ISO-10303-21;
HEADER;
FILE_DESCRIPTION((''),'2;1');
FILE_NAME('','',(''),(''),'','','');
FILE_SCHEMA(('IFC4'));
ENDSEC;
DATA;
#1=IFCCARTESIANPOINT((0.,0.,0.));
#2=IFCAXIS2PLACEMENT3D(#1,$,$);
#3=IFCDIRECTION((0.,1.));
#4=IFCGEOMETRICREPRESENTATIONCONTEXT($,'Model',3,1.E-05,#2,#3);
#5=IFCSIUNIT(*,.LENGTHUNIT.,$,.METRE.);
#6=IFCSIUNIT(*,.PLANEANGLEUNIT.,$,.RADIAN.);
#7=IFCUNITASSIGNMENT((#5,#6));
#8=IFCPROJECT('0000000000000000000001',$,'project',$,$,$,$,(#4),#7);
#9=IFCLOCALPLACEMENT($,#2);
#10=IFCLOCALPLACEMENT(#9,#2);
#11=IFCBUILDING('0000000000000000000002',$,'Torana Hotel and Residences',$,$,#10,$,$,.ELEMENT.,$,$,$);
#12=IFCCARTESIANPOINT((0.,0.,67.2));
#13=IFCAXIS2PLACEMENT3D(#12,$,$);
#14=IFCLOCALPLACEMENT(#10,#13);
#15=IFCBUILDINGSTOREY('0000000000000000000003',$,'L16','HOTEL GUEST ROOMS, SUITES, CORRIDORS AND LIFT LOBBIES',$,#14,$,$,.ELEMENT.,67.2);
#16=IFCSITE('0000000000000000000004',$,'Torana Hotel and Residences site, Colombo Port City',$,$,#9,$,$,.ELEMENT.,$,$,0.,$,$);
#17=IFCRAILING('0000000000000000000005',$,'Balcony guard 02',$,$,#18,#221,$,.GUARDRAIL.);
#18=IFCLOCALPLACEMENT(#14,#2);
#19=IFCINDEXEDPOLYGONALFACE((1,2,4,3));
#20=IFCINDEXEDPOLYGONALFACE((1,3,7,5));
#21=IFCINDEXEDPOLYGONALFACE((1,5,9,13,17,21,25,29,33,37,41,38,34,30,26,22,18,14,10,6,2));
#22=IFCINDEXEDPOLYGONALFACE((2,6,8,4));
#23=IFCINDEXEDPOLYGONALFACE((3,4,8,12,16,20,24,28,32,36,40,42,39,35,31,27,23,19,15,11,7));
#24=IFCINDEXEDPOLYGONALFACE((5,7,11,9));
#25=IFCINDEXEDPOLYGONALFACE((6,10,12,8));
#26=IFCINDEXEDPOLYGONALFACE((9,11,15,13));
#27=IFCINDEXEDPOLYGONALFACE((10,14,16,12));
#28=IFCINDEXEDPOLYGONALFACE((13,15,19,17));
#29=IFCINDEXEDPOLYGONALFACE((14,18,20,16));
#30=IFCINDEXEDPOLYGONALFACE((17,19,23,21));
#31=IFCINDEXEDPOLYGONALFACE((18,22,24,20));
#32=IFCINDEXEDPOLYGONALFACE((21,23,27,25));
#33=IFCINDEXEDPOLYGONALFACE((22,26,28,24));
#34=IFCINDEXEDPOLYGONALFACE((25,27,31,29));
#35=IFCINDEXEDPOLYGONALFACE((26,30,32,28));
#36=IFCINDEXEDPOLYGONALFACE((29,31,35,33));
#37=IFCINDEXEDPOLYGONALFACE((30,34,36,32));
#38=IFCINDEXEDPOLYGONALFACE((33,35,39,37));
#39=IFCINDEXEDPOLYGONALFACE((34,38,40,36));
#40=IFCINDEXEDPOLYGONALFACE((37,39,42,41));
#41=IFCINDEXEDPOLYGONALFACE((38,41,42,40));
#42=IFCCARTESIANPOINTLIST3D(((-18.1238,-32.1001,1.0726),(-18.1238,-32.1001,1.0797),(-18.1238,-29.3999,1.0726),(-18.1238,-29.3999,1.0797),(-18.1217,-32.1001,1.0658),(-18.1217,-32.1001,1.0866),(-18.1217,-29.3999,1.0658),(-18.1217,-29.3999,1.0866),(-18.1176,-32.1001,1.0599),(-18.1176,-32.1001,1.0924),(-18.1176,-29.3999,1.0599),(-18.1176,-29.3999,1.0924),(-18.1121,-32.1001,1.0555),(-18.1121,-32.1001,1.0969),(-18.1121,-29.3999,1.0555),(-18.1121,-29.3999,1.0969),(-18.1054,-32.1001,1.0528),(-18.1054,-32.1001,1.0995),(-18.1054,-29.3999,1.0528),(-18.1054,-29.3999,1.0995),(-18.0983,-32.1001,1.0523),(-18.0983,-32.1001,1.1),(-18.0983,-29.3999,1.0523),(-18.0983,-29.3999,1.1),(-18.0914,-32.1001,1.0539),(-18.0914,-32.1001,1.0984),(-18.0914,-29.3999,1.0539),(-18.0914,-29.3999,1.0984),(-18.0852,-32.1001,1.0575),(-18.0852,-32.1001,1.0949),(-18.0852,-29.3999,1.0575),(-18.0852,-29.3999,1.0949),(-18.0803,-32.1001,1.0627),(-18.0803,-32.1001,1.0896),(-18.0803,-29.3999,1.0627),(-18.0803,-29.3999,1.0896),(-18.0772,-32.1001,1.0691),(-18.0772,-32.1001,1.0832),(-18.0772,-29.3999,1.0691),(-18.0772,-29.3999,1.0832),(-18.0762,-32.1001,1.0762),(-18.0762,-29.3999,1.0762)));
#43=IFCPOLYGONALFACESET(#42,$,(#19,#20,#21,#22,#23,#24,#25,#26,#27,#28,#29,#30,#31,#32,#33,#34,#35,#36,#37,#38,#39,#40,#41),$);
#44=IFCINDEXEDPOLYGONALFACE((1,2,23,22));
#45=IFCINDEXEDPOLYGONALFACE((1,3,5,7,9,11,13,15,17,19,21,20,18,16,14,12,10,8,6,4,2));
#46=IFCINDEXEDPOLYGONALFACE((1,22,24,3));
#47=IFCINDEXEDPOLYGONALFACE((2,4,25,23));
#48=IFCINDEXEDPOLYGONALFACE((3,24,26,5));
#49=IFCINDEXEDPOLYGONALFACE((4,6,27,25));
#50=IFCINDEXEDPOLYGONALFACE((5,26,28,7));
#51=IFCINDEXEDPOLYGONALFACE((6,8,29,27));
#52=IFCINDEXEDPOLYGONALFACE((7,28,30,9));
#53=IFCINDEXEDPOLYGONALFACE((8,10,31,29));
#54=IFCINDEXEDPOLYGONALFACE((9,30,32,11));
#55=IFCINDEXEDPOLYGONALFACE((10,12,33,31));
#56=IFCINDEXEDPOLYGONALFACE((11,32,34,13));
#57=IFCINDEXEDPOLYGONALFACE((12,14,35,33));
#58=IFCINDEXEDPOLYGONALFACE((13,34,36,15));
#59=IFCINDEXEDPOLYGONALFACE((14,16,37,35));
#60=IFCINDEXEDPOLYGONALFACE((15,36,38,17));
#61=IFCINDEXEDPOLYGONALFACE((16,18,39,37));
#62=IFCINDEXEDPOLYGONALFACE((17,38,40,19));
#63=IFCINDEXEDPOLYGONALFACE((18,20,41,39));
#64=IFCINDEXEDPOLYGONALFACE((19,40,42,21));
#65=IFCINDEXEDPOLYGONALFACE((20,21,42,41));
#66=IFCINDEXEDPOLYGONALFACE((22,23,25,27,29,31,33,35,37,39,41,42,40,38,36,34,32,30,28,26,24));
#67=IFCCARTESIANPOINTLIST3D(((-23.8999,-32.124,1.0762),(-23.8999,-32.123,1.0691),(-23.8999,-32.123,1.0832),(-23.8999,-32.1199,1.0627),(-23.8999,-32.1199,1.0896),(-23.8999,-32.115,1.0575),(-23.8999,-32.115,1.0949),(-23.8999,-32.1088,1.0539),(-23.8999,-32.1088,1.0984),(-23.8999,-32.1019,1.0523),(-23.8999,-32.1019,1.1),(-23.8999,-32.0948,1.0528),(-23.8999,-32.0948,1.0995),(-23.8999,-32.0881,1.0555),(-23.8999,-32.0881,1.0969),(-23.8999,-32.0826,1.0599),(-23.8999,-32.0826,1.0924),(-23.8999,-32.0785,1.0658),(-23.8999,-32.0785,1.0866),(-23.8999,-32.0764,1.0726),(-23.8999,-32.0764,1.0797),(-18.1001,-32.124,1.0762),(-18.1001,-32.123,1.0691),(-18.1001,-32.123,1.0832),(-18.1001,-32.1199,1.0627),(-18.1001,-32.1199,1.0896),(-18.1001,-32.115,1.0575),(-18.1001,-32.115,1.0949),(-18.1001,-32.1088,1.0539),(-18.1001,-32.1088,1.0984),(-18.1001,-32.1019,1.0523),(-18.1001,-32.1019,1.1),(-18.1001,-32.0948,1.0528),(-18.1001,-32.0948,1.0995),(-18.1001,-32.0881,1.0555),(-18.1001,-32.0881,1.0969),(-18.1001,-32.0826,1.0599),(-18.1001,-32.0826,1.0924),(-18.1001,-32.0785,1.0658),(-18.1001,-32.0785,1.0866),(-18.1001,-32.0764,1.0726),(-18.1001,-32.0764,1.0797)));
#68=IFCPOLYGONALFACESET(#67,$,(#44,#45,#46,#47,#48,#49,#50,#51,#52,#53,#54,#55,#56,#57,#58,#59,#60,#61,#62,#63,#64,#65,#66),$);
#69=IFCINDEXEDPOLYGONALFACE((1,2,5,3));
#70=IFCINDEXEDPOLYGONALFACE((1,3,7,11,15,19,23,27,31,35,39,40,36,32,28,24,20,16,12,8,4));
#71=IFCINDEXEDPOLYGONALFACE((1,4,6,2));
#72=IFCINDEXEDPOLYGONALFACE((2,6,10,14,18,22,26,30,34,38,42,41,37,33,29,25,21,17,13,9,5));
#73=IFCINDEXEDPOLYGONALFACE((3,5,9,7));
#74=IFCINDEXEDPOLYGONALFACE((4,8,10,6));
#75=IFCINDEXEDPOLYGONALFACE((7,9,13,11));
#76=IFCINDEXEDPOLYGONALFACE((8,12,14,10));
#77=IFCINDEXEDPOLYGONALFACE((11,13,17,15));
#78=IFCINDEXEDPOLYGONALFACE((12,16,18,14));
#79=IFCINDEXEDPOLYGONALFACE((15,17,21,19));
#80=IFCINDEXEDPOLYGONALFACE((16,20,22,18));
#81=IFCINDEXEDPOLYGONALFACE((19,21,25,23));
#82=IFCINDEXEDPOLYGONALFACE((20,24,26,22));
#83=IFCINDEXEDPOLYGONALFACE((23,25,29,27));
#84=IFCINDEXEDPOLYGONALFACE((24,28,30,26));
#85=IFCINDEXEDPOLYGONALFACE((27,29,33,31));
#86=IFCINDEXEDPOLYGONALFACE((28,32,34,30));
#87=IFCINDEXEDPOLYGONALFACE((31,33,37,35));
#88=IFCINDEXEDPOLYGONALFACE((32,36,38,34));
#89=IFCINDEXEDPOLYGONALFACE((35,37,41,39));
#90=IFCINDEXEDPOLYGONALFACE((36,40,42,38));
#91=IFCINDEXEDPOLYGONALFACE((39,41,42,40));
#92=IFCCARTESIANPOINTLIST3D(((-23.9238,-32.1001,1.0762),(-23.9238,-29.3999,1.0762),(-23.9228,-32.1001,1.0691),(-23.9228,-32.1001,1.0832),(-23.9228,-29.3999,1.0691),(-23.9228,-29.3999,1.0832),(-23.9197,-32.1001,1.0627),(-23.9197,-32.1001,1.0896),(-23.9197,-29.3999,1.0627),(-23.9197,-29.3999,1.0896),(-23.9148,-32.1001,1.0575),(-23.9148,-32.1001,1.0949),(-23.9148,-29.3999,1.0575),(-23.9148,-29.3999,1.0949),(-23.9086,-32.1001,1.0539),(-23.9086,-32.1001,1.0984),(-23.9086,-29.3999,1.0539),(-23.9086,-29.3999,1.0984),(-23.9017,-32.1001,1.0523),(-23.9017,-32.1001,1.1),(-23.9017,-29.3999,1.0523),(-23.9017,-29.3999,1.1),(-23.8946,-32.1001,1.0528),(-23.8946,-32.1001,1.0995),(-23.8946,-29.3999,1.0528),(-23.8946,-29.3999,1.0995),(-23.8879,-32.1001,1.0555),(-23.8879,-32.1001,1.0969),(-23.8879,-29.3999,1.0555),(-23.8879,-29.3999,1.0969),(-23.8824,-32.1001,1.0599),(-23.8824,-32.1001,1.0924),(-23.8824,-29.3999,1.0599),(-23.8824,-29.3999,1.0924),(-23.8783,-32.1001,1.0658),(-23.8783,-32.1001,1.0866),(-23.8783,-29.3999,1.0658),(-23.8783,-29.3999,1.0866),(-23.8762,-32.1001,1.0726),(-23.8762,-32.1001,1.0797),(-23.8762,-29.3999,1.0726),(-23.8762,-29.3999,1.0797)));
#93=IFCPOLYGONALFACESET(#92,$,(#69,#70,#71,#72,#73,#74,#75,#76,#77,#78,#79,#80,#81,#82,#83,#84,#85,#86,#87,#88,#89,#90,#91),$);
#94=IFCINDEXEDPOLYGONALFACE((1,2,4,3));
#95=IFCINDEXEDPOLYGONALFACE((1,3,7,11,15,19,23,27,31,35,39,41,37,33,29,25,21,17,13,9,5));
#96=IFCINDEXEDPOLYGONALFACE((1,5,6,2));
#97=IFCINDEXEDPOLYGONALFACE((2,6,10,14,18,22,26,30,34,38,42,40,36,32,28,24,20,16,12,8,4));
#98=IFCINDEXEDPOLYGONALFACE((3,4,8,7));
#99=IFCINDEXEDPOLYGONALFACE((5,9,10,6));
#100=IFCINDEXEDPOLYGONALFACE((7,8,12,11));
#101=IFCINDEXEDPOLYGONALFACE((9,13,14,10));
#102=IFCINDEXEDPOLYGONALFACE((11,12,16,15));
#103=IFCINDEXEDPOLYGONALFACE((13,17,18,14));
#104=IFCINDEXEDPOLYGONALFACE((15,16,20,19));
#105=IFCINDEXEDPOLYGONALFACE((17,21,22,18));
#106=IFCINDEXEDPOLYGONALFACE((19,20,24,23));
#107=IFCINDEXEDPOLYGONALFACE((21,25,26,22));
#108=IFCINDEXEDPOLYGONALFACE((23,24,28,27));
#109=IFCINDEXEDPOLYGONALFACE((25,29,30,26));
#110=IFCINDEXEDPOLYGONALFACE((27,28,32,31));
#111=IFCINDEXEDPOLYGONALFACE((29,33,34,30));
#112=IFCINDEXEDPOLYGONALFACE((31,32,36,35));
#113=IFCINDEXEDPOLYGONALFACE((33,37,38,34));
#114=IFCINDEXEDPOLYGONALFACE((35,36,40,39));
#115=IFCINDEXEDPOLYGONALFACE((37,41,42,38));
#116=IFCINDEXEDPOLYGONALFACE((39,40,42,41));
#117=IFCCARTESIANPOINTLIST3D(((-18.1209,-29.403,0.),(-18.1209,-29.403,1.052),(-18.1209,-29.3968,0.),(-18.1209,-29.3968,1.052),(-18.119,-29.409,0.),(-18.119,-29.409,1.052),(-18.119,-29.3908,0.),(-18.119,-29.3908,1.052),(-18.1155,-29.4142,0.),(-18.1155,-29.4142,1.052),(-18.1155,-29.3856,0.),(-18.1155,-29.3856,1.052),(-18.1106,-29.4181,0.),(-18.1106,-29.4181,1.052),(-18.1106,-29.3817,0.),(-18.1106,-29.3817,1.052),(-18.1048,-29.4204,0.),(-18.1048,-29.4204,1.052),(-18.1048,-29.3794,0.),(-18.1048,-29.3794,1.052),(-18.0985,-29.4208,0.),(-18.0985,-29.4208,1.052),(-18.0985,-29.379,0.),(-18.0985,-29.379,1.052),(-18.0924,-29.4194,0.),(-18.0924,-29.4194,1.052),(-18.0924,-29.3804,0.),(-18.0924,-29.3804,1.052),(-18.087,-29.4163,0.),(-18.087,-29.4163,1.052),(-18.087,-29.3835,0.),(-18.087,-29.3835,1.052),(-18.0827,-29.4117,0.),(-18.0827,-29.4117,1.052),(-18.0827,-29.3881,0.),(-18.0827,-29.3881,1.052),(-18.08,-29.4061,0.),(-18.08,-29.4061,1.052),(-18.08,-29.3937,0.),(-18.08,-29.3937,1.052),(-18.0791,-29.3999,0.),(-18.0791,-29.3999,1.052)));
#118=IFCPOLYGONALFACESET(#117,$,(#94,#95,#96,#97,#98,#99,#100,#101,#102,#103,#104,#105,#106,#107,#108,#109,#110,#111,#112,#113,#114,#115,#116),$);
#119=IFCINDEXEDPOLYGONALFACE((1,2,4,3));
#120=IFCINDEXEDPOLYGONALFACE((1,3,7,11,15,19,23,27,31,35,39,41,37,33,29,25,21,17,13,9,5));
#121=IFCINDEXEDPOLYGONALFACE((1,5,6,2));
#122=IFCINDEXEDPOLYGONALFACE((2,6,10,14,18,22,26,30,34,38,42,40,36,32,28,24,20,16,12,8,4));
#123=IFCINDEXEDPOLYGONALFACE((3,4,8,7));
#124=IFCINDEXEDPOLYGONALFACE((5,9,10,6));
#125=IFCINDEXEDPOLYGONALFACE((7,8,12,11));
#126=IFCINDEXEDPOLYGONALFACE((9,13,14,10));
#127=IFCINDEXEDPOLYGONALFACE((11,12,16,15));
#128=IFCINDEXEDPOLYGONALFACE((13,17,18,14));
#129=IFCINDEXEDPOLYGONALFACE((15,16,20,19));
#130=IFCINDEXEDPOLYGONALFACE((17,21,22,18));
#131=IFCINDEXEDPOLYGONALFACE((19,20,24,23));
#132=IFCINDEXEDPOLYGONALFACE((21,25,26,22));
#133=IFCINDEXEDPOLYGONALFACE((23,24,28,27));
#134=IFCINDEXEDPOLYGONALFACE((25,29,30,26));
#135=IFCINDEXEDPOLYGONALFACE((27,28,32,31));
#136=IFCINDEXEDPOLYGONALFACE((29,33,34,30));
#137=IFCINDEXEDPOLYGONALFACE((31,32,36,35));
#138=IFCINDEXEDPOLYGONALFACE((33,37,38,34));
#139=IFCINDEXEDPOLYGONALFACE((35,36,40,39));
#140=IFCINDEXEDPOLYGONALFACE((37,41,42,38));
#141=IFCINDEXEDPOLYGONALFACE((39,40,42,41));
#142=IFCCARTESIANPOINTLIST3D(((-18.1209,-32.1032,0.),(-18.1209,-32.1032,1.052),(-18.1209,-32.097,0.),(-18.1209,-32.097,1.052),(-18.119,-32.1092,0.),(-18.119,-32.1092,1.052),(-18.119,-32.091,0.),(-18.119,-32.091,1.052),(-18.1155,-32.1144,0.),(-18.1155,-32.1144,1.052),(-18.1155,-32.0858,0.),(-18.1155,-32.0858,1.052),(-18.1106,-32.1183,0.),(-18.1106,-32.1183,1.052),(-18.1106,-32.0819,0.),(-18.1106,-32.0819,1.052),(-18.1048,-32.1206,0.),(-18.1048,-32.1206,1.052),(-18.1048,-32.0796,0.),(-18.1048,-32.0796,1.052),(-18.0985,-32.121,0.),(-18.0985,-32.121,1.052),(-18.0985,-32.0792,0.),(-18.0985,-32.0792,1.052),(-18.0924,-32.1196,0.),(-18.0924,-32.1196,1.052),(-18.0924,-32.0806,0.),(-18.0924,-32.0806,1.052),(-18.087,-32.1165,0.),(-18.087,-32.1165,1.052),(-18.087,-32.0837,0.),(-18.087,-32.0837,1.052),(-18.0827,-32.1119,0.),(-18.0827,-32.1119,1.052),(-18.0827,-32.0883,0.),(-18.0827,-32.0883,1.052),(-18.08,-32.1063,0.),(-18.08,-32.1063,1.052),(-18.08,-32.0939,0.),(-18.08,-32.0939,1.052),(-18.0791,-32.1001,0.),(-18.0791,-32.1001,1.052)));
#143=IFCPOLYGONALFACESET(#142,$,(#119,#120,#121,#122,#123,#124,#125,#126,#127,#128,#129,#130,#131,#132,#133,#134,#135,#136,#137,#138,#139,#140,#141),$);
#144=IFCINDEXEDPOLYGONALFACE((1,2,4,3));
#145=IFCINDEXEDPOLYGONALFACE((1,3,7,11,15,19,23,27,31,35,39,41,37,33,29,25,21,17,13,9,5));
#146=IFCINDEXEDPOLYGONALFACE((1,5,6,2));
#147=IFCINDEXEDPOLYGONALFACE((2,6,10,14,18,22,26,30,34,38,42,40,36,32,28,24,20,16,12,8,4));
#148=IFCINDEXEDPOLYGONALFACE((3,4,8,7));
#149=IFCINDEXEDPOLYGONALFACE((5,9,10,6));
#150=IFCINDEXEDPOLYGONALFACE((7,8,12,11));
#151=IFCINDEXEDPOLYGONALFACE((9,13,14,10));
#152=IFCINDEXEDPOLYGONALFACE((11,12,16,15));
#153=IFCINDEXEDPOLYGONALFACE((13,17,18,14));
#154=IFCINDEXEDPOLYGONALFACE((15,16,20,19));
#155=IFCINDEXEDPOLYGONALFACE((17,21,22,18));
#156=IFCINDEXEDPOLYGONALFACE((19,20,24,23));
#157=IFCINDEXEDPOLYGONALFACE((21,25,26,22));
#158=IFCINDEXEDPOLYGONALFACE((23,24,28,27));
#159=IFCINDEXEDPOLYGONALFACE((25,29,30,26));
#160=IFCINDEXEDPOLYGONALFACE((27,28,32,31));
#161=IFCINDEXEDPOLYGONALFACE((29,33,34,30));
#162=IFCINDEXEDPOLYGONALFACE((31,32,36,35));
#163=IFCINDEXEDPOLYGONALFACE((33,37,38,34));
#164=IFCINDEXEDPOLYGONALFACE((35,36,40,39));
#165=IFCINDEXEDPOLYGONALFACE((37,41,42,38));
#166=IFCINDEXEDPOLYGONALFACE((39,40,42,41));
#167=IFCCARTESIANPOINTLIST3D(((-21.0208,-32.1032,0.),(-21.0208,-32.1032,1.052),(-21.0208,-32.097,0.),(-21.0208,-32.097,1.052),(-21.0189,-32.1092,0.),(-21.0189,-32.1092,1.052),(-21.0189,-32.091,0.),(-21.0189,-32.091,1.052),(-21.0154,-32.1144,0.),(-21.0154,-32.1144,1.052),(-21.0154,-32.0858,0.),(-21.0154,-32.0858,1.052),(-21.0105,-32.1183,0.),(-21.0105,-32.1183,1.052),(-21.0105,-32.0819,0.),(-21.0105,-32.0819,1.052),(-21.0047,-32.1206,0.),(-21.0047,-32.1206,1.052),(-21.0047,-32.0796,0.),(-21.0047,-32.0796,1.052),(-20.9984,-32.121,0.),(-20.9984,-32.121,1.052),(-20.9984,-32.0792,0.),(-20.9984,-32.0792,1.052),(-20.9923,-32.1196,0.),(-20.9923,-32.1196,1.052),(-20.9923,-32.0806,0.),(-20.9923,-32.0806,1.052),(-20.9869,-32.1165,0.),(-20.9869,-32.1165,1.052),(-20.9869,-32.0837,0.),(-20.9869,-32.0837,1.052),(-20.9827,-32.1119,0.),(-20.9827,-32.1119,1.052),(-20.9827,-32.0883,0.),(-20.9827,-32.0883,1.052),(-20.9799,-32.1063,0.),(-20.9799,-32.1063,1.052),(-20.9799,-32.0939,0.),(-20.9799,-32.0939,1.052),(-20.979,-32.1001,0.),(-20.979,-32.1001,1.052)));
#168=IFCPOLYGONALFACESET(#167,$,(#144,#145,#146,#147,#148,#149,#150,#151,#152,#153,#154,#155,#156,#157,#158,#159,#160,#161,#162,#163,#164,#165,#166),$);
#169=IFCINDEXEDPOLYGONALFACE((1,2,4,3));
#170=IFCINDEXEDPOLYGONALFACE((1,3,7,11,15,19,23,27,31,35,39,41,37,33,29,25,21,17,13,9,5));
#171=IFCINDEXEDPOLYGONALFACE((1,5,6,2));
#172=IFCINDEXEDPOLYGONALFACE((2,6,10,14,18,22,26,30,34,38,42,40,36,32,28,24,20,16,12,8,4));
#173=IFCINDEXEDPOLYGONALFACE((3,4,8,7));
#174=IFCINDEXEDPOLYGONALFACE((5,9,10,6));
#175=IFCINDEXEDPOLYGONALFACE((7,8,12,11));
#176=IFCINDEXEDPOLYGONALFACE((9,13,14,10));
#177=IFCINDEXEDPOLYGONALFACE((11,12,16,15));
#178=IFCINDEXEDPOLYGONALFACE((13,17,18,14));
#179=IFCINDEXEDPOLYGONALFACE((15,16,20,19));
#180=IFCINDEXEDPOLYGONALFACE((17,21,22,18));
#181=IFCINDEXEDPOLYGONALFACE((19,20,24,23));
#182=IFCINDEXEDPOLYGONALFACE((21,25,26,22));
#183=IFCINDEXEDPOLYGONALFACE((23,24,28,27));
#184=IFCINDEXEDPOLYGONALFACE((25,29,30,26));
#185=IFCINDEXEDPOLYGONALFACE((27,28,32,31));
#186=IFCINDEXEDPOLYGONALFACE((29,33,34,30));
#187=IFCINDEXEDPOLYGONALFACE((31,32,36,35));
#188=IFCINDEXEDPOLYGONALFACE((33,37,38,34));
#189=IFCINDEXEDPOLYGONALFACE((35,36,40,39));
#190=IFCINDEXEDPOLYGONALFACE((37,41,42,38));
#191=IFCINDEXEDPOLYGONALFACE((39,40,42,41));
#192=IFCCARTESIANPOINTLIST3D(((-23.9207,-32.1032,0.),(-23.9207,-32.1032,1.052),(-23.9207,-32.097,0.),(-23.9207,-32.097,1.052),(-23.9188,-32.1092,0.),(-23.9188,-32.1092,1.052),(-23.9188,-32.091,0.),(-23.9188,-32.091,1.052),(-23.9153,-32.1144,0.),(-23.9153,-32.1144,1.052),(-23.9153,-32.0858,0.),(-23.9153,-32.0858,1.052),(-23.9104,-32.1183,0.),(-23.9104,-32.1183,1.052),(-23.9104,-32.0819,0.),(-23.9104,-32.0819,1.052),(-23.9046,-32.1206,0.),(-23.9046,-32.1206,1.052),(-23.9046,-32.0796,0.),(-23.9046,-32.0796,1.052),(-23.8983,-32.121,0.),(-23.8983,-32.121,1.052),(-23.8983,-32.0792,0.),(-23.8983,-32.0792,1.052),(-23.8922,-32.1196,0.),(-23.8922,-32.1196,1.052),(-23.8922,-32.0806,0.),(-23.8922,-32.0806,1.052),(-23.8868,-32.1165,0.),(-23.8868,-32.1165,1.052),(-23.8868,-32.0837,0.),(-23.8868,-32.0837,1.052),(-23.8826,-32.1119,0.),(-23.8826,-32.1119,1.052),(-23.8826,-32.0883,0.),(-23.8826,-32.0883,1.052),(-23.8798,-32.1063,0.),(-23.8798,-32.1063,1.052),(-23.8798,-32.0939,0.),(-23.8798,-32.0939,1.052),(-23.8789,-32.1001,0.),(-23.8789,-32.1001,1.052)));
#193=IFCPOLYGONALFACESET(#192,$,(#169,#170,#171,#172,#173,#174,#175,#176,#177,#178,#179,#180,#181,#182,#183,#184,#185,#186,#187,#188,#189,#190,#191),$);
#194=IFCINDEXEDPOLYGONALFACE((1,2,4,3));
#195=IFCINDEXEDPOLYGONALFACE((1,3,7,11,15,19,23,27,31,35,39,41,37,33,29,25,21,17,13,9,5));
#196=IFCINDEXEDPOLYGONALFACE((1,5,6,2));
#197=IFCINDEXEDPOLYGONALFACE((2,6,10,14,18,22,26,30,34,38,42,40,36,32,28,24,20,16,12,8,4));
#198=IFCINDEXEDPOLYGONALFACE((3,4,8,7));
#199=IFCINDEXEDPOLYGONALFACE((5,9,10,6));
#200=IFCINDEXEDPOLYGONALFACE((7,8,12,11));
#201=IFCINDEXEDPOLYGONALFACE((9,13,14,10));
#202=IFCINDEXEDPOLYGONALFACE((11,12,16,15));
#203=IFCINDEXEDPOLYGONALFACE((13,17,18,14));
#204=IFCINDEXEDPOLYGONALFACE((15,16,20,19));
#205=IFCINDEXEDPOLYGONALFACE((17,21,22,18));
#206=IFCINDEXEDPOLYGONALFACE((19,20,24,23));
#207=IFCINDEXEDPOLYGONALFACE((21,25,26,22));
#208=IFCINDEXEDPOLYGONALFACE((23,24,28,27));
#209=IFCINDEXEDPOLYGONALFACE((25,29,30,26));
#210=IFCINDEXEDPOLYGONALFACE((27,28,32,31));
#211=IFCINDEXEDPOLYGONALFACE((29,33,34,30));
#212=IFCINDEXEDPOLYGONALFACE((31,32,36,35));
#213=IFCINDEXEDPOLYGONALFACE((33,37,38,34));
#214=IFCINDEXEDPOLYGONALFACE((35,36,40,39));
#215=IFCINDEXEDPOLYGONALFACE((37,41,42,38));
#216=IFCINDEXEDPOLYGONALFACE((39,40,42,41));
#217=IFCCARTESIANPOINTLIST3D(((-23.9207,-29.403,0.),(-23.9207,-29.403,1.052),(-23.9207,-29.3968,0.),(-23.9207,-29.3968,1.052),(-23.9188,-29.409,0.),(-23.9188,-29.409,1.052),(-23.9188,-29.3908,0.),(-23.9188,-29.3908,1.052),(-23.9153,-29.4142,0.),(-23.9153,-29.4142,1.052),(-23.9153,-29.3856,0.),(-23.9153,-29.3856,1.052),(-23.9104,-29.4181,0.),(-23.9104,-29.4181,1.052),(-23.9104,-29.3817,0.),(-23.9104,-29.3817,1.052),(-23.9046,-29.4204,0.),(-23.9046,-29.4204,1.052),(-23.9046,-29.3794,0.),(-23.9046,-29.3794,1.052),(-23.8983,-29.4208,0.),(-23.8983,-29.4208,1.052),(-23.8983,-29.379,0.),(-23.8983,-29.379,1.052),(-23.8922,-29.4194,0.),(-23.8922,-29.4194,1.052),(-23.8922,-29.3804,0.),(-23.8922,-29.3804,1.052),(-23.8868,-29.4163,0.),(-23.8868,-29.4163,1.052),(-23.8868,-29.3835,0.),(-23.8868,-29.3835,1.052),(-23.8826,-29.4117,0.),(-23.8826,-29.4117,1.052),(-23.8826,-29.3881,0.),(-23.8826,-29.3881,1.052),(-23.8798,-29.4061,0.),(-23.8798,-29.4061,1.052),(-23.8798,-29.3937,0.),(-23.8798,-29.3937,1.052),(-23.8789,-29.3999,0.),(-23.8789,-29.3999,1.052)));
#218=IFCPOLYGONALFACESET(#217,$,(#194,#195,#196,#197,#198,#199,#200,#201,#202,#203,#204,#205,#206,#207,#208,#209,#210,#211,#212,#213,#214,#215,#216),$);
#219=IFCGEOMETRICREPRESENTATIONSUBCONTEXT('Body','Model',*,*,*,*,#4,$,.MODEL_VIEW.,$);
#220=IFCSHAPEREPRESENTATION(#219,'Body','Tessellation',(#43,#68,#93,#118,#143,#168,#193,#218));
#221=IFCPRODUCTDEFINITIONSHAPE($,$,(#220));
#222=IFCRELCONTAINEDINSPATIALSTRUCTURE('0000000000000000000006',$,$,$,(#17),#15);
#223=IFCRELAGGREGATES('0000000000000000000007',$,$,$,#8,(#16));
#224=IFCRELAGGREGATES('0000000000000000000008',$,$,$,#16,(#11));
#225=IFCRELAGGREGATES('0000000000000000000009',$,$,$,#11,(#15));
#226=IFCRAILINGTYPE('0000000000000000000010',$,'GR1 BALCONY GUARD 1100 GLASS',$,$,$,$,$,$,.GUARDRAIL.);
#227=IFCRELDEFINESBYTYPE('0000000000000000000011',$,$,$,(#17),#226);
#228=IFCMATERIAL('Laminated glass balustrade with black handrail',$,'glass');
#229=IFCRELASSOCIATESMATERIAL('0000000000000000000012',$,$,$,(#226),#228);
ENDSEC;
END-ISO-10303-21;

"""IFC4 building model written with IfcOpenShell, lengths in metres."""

from ifc_helpers import new_model, si_unit, direction, frame, origin, origin_2d, place, context, subcontext, project, spatial, circle, extrude, material, type_object, element, save


model = new_model("IFC4")

# Units and contexts
model_context = context("Model", 3, precision=1e-05, world=origin(), true_north=direction((0.0, 1.0)))
body_context = subcontext(model_context, "Body", "Model", "MODEL_VIEW")
ifc_project = project(units=[si_unit("LENGTHUNIT", "METRE"), si_unit("PLANEANGLEUNIT", "RADIAN")], contexts=[model_context])

# Site, building, storey
site_placement = place(None, origin())
site = spatial("IfcSite", under=ifc_project, at=site_placement, Name="Torana Hotel and Residences site, Colombo Port City", CompositionType="ELEMENT", RefElevation=0.0)
building_placement = place(site_placement, origin())
building = spatial("IfcBuilding", under=site, at=building_placement, Name="Torana Hotel and Residences", CompositionType="ELEMENT")
storey_placement = place(building_placement, frame((0.0, 0.0, 67.2)))
storey = spatial("IfcBuildingStorey", under=building, at=storey_placement, Name="L16", Description="HOTEL GUEST ROOMS, SUITES, CORRIDORS AND LIFT LOBBIES", CompositionType="ELEMENT", Elevation=67.2)

# Railing
ifc_material_1 = material(Name="Laminated glass balustrade with black handrail", Category="glass")
railing_type = type_object("IfcRailingType", Name="GR1 BALCONY GUARD 1100 GLASS", PredefinedType="GUARDRAIL", material=ifc_material_1)
railing_placement = place(storey_placement, frame((-18.1001, -29.3999, 0.0)))
element("IfcRailing", 1, at=railing_placement, inside=storey, type_object=railing_type, Name="Balcony guard 02", PredefinedType="GUARDRAIL", context=body_context, shape_type="SweptSolid", body=[
    extrude(circle(Radius=0.0239, at=origin_2d()), frame((0.0, 0.0, 1.0762), z_axis=(0.0, -1.0, 0.0), x_axis=(1.0, 0.0, 0.0)), (0.0, 0.0, 1.0), 2.7002),
    extrude(circle(Radius=0.0239, at=origin_2d()), frame((0.0, -2.7002, 1.0762), z_axis=(-1.0, 0.0, 0.0), x_axis=(0.0, -1.0, 0.0)), (0.0, 0.0, 1.0), 5.7998),
    extrude(circle(Radius=0.0239, at=origin_2d()), frame((-5.7998, -2.7002, 1.0762), z_axis=(0.0, 1.0, 0.0), x_axis=(-1.0, 0.0, 0.0)), (0.0, 0.0, 1.0), 2.7002),
    extrude(circle(Radius=0.021, at=origin_2d()), origin(), (0.0, 0.0, 1.0), 1.052),
    extrude(circle(Radius=0.021, at=origin_2d()), frame((0.0, -2.7002, 0.0)), (0.0, 0.0, 1.0), 1.052),
    extrude(circle(Radius=0.021, at=origin_2d()), frame((-2.8999, -2.7002, 0.0)), (0.0, 0.0, 1.0), 1.052),
    extrude(circle(Radius=0.021, at=origin_2d()), frame((-5.7998, -2.7002, 0.0)), (0.0, 0.0, 1.0), 1.052),
    extrude(circle(Radius=0.021, at=origin_2d()), frame((-5.7998, 0.0, 0.0)), (0.0, 0.0, 1.0), 1.052),
])

save(model, "model.ifc")
